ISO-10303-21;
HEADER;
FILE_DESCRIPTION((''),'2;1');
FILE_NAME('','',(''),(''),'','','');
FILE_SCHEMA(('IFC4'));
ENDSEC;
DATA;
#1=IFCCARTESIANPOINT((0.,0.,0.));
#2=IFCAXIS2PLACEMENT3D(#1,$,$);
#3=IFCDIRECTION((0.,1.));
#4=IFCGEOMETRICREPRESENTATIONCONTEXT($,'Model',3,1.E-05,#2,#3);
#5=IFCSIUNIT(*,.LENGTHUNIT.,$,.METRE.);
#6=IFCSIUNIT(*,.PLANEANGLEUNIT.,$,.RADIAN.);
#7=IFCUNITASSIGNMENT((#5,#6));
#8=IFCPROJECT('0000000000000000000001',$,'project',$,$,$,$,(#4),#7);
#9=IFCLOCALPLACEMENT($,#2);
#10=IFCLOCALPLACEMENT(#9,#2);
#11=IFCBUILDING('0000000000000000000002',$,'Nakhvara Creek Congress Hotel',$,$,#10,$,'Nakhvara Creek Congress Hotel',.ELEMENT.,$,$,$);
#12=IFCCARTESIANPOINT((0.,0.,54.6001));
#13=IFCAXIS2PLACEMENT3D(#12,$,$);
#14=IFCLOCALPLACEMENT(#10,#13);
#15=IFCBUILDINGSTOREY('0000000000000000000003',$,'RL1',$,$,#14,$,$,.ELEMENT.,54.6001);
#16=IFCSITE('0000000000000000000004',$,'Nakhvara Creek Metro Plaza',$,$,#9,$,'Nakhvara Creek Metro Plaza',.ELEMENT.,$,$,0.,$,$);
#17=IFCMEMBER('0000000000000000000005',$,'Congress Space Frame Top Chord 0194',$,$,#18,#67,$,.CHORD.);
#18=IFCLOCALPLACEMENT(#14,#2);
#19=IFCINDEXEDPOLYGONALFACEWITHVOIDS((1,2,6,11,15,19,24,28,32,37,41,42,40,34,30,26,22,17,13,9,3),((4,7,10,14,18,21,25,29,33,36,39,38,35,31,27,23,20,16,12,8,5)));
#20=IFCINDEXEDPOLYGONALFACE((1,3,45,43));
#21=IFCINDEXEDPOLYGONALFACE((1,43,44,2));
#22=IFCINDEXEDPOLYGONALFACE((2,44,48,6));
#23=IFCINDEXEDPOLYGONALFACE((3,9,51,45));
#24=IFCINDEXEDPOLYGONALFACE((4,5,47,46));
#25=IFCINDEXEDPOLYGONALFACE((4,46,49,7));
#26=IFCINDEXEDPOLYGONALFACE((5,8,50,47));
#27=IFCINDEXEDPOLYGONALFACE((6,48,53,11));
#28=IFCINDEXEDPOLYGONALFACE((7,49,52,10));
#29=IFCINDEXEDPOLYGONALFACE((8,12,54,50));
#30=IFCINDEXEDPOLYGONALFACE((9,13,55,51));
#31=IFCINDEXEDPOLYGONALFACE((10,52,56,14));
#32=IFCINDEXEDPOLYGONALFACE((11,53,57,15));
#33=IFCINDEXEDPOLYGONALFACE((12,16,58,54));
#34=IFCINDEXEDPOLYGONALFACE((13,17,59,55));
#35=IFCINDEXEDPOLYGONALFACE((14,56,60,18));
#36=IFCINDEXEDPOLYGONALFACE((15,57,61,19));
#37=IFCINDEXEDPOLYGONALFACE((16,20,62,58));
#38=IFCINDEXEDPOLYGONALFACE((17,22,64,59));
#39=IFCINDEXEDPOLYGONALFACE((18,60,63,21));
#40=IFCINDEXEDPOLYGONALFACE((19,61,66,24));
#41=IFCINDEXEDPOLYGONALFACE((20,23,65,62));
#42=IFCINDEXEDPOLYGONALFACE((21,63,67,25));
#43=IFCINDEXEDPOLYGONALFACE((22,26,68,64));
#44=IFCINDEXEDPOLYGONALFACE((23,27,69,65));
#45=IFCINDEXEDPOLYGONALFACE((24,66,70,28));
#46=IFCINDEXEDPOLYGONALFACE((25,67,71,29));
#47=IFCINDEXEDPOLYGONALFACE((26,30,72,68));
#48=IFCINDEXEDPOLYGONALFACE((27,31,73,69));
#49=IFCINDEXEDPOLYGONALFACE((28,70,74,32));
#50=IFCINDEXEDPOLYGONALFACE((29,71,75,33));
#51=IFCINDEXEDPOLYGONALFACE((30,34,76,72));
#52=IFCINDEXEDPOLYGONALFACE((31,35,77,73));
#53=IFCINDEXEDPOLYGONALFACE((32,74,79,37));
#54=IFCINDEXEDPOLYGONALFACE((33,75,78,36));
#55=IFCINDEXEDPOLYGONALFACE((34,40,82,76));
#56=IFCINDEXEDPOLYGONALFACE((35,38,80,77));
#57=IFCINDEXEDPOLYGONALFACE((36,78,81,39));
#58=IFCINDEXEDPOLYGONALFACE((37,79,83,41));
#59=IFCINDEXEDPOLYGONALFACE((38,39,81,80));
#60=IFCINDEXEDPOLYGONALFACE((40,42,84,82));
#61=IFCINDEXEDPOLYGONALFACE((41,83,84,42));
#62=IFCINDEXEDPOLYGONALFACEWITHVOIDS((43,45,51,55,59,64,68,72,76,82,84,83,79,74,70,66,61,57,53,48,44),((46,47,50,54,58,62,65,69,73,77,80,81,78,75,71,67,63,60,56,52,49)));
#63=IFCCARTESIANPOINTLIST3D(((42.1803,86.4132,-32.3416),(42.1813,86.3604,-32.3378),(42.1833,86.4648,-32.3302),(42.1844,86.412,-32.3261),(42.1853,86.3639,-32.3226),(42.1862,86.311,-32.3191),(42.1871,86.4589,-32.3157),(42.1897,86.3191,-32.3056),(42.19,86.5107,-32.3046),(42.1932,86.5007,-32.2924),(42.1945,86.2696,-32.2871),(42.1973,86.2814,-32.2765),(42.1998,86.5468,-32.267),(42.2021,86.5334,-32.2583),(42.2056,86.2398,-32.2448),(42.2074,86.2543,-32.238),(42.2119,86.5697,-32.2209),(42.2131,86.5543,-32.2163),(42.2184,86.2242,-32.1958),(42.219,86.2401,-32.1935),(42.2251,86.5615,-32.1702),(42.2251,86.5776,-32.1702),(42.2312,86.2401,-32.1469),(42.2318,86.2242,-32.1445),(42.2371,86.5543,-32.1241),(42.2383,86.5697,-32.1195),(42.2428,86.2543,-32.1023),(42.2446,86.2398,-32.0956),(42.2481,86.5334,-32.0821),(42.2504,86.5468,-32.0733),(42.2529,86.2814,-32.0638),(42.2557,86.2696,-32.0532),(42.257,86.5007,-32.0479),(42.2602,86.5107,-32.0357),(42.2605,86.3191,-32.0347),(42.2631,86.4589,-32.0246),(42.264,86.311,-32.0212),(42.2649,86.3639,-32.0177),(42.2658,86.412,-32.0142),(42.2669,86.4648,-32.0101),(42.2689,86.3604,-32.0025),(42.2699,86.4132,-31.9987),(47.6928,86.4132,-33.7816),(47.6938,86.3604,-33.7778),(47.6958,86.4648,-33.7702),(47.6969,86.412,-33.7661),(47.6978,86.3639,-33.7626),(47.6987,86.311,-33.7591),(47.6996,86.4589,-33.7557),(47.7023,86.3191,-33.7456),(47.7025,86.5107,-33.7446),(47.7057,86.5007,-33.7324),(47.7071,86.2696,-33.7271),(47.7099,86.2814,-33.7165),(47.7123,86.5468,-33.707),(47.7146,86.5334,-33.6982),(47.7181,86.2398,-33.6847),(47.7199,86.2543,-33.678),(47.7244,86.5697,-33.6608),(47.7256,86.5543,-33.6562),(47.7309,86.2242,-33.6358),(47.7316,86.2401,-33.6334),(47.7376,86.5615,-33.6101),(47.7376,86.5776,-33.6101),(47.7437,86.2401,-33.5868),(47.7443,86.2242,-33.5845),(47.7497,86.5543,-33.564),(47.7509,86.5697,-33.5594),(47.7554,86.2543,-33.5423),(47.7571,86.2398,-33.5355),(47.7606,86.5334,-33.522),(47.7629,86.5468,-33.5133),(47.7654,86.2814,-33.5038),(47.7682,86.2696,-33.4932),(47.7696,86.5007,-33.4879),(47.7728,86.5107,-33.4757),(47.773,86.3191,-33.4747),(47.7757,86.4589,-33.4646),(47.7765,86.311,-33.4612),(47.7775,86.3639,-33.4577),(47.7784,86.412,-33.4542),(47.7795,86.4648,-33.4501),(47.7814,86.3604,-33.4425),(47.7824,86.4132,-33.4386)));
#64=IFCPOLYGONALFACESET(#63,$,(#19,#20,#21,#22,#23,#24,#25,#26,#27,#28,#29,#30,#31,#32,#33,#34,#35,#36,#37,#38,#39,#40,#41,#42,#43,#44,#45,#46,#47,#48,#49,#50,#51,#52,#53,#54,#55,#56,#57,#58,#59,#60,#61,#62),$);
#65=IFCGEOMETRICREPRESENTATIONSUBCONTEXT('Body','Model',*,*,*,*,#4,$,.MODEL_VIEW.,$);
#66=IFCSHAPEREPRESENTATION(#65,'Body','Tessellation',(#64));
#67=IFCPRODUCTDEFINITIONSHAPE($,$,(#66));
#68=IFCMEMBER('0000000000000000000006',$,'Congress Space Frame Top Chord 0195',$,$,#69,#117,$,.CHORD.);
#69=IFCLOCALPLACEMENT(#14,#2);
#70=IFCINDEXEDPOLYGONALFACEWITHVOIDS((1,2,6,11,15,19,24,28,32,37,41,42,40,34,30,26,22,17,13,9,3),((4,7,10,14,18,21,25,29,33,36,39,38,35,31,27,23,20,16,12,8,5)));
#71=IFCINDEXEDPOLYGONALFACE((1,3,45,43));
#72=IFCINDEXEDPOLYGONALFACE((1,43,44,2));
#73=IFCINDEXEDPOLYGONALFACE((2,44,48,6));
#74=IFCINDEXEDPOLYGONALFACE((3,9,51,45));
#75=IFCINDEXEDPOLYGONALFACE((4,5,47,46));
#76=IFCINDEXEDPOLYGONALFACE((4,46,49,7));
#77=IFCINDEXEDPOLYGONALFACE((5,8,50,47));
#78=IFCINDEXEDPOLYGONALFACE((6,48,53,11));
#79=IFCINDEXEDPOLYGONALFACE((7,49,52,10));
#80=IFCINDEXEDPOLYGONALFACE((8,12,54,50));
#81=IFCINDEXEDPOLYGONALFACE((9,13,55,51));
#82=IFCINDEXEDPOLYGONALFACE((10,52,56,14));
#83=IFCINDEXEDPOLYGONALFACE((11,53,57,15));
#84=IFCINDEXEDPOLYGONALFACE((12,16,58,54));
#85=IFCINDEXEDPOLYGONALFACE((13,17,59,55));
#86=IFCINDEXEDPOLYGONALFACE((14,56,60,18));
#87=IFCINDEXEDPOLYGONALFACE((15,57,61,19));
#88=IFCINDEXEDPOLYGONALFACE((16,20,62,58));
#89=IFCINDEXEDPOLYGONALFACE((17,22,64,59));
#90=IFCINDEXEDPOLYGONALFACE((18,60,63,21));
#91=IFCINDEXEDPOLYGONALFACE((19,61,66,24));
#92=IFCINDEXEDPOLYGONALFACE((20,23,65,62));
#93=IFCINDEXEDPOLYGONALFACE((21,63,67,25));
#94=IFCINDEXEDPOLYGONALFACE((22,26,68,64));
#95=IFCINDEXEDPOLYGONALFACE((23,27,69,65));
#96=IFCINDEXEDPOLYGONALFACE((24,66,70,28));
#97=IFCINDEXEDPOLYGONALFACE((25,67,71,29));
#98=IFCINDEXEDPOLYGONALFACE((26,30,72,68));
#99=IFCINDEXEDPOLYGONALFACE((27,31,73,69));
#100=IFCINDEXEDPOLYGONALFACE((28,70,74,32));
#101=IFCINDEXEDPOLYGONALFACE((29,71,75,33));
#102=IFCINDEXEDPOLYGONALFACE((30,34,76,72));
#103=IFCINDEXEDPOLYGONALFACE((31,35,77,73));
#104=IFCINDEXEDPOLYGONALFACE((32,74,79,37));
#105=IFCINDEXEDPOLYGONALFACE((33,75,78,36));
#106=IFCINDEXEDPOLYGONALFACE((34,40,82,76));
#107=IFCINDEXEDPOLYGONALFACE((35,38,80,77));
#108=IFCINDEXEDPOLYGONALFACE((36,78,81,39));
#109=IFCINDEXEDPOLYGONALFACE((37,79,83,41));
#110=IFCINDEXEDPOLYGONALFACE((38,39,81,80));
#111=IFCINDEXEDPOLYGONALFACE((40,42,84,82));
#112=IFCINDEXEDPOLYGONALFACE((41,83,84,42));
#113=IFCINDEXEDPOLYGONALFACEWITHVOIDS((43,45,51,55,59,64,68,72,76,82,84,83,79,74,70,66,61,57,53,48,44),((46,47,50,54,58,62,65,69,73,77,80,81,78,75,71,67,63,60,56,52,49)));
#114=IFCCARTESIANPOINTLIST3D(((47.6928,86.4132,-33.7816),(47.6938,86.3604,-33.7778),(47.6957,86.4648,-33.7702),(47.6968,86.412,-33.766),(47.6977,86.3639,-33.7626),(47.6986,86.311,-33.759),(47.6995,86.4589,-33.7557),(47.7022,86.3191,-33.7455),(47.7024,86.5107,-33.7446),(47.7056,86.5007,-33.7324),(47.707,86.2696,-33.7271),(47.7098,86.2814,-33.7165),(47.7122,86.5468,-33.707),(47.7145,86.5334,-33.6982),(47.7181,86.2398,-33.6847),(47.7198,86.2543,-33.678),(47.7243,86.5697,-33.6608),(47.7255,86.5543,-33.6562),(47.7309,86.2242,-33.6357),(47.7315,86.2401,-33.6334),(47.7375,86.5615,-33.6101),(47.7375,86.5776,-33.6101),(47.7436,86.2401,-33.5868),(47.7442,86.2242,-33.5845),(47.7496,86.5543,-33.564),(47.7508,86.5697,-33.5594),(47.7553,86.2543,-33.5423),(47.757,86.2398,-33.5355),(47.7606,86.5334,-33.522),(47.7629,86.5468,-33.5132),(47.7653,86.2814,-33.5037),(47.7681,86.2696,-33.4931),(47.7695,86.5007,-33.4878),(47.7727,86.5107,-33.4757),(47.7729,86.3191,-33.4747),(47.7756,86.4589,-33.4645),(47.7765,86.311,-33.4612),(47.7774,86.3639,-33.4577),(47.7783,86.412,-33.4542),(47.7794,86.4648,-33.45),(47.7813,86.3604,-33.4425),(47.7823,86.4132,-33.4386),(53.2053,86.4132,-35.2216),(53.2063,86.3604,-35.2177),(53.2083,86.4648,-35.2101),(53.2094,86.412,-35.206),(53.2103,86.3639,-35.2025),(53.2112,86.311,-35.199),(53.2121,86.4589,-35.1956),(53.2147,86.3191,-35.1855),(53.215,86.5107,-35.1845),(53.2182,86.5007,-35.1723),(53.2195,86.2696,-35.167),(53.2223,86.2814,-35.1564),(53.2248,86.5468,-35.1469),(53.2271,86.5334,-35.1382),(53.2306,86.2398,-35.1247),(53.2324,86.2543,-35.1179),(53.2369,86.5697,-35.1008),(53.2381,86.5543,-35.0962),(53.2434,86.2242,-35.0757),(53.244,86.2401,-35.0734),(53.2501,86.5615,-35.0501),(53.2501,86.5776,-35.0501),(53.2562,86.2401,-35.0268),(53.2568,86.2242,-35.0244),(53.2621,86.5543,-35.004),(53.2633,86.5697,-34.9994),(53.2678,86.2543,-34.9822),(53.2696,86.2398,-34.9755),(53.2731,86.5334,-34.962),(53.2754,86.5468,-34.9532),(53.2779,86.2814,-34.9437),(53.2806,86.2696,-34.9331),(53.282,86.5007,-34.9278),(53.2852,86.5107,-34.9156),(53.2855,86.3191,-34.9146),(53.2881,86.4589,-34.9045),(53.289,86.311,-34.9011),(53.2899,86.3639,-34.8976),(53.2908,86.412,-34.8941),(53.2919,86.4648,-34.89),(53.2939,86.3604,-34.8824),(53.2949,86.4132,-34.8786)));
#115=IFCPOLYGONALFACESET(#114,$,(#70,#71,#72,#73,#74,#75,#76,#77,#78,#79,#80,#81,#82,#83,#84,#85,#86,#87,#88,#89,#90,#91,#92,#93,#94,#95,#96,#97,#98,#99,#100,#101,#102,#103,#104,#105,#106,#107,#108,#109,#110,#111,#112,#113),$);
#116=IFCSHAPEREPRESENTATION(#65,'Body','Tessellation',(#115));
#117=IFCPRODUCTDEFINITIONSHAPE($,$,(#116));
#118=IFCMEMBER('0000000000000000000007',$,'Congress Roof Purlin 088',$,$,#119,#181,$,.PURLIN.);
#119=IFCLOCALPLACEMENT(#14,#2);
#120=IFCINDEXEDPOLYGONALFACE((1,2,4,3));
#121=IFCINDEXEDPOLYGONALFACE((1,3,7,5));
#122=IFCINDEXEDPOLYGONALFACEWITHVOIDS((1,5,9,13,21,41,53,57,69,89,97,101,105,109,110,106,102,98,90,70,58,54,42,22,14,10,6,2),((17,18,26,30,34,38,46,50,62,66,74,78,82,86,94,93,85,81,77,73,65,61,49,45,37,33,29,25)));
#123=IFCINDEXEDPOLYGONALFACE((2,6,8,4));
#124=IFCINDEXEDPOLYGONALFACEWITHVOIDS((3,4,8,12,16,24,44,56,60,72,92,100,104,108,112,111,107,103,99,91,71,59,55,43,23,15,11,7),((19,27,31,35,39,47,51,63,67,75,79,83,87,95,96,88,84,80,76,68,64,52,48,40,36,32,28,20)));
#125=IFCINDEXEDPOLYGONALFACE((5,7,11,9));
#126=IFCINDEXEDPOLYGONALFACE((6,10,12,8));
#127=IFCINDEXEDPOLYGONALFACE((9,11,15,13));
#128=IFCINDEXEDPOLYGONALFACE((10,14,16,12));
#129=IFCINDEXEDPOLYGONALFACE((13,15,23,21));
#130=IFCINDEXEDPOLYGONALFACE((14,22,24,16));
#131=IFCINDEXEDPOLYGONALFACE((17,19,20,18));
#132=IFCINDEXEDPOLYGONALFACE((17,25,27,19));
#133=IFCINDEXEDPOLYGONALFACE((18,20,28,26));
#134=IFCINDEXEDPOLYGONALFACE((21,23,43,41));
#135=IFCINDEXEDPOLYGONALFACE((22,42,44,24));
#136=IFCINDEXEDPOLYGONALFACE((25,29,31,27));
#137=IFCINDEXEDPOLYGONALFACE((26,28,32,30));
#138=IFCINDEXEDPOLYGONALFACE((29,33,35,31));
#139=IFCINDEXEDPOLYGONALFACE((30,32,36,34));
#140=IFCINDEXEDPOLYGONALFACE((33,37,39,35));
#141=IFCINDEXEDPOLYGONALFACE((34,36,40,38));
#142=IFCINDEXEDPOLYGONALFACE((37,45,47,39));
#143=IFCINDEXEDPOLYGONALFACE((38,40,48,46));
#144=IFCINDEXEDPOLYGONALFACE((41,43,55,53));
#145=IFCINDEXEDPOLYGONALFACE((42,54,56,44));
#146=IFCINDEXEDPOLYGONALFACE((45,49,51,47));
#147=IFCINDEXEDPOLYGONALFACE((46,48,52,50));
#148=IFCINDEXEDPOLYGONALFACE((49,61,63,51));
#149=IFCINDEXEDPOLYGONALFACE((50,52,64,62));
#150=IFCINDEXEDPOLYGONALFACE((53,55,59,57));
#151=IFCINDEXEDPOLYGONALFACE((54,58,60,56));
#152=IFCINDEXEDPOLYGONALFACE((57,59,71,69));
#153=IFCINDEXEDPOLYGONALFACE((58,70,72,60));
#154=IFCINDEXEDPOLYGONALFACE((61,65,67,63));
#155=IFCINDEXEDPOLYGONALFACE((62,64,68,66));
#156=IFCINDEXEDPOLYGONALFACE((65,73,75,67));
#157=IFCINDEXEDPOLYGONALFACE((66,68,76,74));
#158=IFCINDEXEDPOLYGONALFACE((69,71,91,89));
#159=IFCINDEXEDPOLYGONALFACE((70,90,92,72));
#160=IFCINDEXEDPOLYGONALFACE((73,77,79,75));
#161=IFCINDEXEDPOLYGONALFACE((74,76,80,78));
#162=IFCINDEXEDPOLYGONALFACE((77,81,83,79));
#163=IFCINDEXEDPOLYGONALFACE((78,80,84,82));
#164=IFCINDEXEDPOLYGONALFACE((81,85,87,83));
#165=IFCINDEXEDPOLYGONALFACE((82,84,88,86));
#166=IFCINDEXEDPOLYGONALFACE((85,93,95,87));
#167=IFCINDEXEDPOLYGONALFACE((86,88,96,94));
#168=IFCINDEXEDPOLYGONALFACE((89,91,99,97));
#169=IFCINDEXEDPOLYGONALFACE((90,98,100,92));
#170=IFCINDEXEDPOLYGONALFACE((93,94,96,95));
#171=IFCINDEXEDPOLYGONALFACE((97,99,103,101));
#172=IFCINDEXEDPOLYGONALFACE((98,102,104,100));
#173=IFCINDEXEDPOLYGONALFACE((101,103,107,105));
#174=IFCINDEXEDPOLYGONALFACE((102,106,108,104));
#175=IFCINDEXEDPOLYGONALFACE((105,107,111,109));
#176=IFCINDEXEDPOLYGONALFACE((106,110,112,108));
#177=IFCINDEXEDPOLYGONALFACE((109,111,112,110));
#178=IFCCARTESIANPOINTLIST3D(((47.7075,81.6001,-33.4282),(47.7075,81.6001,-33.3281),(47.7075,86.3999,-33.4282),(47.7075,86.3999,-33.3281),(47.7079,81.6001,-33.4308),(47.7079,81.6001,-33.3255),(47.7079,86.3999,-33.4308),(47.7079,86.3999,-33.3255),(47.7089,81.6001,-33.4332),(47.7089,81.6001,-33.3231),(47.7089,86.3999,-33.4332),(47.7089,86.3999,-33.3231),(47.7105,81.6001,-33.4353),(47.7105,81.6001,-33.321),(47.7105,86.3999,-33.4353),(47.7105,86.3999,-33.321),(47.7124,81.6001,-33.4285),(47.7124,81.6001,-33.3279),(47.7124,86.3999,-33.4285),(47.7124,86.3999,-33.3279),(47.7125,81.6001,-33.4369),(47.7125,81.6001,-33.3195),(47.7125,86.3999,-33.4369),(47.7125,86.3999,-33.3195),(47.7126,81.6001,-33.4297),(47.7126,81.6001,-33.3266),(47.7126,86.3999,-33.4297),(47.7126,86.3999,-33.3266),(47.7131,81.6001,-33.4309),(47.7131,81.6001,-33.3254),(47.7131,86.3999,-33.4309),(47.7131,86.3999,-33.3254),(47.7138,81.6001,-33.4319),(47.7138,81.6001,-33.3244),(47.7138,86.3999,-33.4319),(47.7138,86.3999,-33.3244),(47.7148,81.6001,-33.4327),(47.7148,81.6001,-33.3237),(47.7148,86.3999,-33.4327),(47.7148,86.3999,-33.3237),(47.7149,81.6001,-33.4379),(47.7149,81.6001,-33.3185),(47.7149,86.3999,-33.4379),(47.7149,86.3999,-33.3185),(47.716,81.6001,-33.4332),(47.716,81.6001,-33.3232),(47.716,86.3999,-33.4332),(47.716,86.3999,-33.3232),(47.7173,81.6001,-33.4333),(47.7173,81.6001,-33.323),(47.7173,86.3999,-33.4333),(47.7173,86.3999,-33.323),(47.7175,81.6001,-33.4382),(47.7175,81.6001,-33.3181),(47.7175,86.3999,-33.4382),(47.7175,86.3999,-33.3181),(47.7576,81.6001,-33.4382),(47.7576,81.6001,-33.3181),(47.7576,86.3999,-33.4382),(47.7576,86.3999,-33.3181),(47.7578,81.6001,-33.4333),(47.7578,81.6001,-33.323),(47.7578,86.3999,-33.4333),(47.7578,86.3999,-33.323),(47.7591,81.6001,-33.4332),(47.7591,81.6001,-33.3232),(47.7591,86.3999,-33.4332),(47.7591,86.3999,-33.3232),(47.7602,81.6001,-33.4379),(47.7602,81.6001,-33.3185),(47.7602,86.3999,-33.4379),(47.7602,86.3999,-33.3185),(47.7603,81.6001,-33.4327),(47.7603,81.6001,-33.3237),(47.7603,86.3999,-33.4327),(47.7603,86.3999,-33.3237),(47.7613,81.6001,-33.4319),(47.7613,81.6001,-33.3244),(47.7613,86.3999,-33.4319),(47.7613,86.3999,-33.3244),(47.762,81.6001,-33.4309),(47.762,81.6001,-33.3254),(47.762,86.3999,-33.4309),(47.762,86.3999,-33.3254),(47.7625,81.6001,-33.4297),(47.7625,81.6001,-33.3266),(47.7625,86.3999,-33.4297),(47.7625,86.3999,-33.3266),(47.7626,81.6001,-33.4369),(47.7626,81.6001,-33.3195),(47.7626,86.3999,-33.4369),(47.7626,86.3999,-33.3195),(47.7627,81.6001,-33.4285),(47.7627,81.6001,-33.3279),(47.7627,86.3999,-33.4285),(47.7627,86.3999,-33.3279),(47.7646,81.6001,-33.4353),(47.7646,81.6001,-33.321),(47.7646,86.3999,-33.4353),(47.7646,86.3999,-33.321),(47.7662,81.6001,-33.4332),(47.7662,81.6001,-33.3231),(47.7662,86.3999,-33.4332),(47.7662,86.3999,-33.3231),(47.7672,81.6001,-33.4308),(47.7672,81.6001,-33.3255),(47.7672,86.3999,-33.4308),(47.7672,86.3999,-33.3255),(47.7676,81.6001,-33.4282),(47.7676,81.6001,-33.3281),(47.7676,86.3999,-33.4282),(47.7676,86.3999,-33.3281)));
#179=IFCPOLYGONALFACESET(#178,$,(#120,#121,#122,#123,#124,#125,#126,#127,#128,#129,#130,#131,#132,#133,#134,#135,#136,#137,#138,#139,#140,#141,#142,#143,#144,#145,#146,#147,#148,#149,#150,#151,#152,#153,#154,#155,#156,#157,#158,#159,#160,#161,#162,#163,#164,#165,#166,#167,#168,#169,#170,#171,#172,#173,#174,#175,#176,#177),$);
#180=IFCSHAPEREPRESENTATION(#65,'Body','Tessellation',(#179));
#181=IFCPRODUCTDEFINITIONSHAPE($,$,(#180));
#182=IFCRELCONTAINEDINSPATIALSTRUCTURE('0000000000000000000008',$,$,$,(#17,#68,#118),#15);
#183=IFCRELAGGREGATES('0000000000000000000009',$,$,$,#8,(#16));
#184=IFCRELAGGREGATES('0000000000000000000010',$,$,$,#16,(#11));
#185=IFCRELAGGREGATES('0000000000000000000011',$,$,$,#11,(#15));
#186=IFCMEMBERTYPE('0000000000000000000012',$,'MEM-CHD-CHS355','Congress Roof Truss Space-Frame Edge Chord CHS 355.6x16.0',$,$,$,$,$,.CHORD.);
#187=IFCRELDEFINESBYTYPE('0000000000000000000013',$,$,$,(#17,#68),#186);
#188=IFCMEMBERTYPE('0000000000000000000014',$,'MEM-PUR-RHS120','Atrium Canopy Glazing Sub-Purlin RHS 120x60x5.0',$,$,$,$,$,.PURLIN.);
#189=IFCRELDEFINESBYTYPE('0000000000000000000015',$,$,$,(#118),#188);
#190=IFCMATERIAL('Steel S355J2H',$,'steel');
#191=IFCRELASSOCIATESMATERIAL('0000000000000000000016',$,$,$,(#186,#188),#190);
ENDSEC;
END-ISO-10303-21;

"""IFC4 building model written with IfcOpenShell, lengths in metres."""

from ifc_helpers import new_model, si_unit, direction, frame, origin, origin_2d, place, context, subcontext, project, spatial, hollow_rectangle, hollow_circle, extrude, material, material_profile, profile_set, type_object, element, save


model = new_model("IFC4")

# Units and contexts
model_context = context("Model", 3, precision=1e-05, world=origin(), true_north=direction((0.0, 1.0)))
body_context = subcontext(model_context, "Body", "Model", "MODEL_VIEW")
ifc_project = project(units=[si_unit("LENGTHUNIT", "METRE"), si_unit("PLANEANGLEUNIT", "RADIAN")], contexts=[model_context])

# Site, building, storey
site_placement = place(None, origin())
site = spatial("IfcSite", under=ifc_project, at=site_placement, Name="Nakhvara Creek Metro Plaza", LongName="Nakhvara Creek Metro Plaza", CompositionType="ELEMENT", RefElevation=0.0)
building_placement = place(site_placement, origin())
building = spatial("IfcBuilding", under=site, at=building_placement, Name="Nakhvara Creek Congress Hotel", LongName="Nakhvara Creek Congress Hotel", CompositionType="ELEMENT")
storey_placement = place(building_placement, frame((0.0, 0.0, 54.6001)))
storey = spatial("IfcBuildingStorey", under=building, at=storey_placement, Name="RL1", CompositionType="ELEMENT", Elevation=54.6001)

# Members
ifc_material_1 = material(Name="Steel S355J2H", Category="steel")
ifc_material_profile_1 = material_profile(ifc_material_1, hollow_circle(Radius=0.1777, WallThickness=0.0161, at=origin_2d()), Name="CHS 355.6x16.0", Category="LoadBearing")
ifc_profile_set_1 = profile_set([ifc_material_profile_1], Name="Steel S355J2H")
member_type_1 = type_object("IfcMemberType", Name="MEM-CHD-CHS355", Description="Congress Roof Truss Space-Frame Edge Chord CHS 355.6x16.0", PredefinedType="CHORD", material=ifc_profile_set_1)
for number, where, z_axis, x_axis, name in (
    (1, (42.2251, 86.3999, -32.1702), (0.967535, 0.0, -0.252736), (0.0, 1.0, 0.0), "Congress Space Frame Top Chord 0194"),
    (2, (47.7375, 86.3999, -33.6101), (0.967535, 0.0, -0.252736), (0.0, 1.0, 0.0), "Congress Space Frame Top Chord 0195"),
):
    element("IfcMember", number, at=place(storey_placement, frame(where, z_axis=z_axis, x_axis=x_axis)), inside=storey, type_object=member_type_1, Name=name, PredefinedType="CHORD", context=body_context, shape_type="SweptSolid", body=[
        extrude(hollow_circle(Radius=0.1777, WallThickness=0.0161, at=origin_2d()), origin(), (0.0, 0.0, 1.0), 5.6975),
    ])
ifc_material_profile_2 = material_profile(ifc_material_1, hollow_rectangle(XDim=0.0601, YDim=0.1201, WallThickness=0.0049, InnerFilletRadius=0.0049, OuterFilletRadius=0.01, at=origin_2d()), Name="RHS 120x60x5.0", Category="LoadBearing")
ifc_profile_set_2 = profile_set([ifc_material_profile_2], Name="Steel S355J2H")
member_type_2 = type_object("IfcMemberType", Name="MEM-PUR-RHS120", Description="Atrium Canopy Glazing Sub-Purlin RHS 120x60x5.0", PredefinedType="PURLIN", material=ifc_profile_set_2)
member_1_placement = place(storey_placement, frame((47.7375, 81.6001, -33.3782), z_axis=(0.0, 1.0, 0.0), x_axis=(-1.0, 0.0, 0.0)))
element("IfcMember", 3, at=member_1_placement, inside=storey, type_object=member_type_2, Name="Congress Roof Purlin 088", PredefinedType="PURLIN", context=body_context, shape_type="SweptSolid", body=[
    extrude(hollow_rectangle(XDim=0.0601, YDim=0.1201, WallThickness=0.0049, InnerFilletRadius=0.0049, OuterFilletRadius=0.01, at=origin_2d()), origin(), (0.0, 0.0, 1.0), 4.7998),
])

save(model, "model.ifc")
